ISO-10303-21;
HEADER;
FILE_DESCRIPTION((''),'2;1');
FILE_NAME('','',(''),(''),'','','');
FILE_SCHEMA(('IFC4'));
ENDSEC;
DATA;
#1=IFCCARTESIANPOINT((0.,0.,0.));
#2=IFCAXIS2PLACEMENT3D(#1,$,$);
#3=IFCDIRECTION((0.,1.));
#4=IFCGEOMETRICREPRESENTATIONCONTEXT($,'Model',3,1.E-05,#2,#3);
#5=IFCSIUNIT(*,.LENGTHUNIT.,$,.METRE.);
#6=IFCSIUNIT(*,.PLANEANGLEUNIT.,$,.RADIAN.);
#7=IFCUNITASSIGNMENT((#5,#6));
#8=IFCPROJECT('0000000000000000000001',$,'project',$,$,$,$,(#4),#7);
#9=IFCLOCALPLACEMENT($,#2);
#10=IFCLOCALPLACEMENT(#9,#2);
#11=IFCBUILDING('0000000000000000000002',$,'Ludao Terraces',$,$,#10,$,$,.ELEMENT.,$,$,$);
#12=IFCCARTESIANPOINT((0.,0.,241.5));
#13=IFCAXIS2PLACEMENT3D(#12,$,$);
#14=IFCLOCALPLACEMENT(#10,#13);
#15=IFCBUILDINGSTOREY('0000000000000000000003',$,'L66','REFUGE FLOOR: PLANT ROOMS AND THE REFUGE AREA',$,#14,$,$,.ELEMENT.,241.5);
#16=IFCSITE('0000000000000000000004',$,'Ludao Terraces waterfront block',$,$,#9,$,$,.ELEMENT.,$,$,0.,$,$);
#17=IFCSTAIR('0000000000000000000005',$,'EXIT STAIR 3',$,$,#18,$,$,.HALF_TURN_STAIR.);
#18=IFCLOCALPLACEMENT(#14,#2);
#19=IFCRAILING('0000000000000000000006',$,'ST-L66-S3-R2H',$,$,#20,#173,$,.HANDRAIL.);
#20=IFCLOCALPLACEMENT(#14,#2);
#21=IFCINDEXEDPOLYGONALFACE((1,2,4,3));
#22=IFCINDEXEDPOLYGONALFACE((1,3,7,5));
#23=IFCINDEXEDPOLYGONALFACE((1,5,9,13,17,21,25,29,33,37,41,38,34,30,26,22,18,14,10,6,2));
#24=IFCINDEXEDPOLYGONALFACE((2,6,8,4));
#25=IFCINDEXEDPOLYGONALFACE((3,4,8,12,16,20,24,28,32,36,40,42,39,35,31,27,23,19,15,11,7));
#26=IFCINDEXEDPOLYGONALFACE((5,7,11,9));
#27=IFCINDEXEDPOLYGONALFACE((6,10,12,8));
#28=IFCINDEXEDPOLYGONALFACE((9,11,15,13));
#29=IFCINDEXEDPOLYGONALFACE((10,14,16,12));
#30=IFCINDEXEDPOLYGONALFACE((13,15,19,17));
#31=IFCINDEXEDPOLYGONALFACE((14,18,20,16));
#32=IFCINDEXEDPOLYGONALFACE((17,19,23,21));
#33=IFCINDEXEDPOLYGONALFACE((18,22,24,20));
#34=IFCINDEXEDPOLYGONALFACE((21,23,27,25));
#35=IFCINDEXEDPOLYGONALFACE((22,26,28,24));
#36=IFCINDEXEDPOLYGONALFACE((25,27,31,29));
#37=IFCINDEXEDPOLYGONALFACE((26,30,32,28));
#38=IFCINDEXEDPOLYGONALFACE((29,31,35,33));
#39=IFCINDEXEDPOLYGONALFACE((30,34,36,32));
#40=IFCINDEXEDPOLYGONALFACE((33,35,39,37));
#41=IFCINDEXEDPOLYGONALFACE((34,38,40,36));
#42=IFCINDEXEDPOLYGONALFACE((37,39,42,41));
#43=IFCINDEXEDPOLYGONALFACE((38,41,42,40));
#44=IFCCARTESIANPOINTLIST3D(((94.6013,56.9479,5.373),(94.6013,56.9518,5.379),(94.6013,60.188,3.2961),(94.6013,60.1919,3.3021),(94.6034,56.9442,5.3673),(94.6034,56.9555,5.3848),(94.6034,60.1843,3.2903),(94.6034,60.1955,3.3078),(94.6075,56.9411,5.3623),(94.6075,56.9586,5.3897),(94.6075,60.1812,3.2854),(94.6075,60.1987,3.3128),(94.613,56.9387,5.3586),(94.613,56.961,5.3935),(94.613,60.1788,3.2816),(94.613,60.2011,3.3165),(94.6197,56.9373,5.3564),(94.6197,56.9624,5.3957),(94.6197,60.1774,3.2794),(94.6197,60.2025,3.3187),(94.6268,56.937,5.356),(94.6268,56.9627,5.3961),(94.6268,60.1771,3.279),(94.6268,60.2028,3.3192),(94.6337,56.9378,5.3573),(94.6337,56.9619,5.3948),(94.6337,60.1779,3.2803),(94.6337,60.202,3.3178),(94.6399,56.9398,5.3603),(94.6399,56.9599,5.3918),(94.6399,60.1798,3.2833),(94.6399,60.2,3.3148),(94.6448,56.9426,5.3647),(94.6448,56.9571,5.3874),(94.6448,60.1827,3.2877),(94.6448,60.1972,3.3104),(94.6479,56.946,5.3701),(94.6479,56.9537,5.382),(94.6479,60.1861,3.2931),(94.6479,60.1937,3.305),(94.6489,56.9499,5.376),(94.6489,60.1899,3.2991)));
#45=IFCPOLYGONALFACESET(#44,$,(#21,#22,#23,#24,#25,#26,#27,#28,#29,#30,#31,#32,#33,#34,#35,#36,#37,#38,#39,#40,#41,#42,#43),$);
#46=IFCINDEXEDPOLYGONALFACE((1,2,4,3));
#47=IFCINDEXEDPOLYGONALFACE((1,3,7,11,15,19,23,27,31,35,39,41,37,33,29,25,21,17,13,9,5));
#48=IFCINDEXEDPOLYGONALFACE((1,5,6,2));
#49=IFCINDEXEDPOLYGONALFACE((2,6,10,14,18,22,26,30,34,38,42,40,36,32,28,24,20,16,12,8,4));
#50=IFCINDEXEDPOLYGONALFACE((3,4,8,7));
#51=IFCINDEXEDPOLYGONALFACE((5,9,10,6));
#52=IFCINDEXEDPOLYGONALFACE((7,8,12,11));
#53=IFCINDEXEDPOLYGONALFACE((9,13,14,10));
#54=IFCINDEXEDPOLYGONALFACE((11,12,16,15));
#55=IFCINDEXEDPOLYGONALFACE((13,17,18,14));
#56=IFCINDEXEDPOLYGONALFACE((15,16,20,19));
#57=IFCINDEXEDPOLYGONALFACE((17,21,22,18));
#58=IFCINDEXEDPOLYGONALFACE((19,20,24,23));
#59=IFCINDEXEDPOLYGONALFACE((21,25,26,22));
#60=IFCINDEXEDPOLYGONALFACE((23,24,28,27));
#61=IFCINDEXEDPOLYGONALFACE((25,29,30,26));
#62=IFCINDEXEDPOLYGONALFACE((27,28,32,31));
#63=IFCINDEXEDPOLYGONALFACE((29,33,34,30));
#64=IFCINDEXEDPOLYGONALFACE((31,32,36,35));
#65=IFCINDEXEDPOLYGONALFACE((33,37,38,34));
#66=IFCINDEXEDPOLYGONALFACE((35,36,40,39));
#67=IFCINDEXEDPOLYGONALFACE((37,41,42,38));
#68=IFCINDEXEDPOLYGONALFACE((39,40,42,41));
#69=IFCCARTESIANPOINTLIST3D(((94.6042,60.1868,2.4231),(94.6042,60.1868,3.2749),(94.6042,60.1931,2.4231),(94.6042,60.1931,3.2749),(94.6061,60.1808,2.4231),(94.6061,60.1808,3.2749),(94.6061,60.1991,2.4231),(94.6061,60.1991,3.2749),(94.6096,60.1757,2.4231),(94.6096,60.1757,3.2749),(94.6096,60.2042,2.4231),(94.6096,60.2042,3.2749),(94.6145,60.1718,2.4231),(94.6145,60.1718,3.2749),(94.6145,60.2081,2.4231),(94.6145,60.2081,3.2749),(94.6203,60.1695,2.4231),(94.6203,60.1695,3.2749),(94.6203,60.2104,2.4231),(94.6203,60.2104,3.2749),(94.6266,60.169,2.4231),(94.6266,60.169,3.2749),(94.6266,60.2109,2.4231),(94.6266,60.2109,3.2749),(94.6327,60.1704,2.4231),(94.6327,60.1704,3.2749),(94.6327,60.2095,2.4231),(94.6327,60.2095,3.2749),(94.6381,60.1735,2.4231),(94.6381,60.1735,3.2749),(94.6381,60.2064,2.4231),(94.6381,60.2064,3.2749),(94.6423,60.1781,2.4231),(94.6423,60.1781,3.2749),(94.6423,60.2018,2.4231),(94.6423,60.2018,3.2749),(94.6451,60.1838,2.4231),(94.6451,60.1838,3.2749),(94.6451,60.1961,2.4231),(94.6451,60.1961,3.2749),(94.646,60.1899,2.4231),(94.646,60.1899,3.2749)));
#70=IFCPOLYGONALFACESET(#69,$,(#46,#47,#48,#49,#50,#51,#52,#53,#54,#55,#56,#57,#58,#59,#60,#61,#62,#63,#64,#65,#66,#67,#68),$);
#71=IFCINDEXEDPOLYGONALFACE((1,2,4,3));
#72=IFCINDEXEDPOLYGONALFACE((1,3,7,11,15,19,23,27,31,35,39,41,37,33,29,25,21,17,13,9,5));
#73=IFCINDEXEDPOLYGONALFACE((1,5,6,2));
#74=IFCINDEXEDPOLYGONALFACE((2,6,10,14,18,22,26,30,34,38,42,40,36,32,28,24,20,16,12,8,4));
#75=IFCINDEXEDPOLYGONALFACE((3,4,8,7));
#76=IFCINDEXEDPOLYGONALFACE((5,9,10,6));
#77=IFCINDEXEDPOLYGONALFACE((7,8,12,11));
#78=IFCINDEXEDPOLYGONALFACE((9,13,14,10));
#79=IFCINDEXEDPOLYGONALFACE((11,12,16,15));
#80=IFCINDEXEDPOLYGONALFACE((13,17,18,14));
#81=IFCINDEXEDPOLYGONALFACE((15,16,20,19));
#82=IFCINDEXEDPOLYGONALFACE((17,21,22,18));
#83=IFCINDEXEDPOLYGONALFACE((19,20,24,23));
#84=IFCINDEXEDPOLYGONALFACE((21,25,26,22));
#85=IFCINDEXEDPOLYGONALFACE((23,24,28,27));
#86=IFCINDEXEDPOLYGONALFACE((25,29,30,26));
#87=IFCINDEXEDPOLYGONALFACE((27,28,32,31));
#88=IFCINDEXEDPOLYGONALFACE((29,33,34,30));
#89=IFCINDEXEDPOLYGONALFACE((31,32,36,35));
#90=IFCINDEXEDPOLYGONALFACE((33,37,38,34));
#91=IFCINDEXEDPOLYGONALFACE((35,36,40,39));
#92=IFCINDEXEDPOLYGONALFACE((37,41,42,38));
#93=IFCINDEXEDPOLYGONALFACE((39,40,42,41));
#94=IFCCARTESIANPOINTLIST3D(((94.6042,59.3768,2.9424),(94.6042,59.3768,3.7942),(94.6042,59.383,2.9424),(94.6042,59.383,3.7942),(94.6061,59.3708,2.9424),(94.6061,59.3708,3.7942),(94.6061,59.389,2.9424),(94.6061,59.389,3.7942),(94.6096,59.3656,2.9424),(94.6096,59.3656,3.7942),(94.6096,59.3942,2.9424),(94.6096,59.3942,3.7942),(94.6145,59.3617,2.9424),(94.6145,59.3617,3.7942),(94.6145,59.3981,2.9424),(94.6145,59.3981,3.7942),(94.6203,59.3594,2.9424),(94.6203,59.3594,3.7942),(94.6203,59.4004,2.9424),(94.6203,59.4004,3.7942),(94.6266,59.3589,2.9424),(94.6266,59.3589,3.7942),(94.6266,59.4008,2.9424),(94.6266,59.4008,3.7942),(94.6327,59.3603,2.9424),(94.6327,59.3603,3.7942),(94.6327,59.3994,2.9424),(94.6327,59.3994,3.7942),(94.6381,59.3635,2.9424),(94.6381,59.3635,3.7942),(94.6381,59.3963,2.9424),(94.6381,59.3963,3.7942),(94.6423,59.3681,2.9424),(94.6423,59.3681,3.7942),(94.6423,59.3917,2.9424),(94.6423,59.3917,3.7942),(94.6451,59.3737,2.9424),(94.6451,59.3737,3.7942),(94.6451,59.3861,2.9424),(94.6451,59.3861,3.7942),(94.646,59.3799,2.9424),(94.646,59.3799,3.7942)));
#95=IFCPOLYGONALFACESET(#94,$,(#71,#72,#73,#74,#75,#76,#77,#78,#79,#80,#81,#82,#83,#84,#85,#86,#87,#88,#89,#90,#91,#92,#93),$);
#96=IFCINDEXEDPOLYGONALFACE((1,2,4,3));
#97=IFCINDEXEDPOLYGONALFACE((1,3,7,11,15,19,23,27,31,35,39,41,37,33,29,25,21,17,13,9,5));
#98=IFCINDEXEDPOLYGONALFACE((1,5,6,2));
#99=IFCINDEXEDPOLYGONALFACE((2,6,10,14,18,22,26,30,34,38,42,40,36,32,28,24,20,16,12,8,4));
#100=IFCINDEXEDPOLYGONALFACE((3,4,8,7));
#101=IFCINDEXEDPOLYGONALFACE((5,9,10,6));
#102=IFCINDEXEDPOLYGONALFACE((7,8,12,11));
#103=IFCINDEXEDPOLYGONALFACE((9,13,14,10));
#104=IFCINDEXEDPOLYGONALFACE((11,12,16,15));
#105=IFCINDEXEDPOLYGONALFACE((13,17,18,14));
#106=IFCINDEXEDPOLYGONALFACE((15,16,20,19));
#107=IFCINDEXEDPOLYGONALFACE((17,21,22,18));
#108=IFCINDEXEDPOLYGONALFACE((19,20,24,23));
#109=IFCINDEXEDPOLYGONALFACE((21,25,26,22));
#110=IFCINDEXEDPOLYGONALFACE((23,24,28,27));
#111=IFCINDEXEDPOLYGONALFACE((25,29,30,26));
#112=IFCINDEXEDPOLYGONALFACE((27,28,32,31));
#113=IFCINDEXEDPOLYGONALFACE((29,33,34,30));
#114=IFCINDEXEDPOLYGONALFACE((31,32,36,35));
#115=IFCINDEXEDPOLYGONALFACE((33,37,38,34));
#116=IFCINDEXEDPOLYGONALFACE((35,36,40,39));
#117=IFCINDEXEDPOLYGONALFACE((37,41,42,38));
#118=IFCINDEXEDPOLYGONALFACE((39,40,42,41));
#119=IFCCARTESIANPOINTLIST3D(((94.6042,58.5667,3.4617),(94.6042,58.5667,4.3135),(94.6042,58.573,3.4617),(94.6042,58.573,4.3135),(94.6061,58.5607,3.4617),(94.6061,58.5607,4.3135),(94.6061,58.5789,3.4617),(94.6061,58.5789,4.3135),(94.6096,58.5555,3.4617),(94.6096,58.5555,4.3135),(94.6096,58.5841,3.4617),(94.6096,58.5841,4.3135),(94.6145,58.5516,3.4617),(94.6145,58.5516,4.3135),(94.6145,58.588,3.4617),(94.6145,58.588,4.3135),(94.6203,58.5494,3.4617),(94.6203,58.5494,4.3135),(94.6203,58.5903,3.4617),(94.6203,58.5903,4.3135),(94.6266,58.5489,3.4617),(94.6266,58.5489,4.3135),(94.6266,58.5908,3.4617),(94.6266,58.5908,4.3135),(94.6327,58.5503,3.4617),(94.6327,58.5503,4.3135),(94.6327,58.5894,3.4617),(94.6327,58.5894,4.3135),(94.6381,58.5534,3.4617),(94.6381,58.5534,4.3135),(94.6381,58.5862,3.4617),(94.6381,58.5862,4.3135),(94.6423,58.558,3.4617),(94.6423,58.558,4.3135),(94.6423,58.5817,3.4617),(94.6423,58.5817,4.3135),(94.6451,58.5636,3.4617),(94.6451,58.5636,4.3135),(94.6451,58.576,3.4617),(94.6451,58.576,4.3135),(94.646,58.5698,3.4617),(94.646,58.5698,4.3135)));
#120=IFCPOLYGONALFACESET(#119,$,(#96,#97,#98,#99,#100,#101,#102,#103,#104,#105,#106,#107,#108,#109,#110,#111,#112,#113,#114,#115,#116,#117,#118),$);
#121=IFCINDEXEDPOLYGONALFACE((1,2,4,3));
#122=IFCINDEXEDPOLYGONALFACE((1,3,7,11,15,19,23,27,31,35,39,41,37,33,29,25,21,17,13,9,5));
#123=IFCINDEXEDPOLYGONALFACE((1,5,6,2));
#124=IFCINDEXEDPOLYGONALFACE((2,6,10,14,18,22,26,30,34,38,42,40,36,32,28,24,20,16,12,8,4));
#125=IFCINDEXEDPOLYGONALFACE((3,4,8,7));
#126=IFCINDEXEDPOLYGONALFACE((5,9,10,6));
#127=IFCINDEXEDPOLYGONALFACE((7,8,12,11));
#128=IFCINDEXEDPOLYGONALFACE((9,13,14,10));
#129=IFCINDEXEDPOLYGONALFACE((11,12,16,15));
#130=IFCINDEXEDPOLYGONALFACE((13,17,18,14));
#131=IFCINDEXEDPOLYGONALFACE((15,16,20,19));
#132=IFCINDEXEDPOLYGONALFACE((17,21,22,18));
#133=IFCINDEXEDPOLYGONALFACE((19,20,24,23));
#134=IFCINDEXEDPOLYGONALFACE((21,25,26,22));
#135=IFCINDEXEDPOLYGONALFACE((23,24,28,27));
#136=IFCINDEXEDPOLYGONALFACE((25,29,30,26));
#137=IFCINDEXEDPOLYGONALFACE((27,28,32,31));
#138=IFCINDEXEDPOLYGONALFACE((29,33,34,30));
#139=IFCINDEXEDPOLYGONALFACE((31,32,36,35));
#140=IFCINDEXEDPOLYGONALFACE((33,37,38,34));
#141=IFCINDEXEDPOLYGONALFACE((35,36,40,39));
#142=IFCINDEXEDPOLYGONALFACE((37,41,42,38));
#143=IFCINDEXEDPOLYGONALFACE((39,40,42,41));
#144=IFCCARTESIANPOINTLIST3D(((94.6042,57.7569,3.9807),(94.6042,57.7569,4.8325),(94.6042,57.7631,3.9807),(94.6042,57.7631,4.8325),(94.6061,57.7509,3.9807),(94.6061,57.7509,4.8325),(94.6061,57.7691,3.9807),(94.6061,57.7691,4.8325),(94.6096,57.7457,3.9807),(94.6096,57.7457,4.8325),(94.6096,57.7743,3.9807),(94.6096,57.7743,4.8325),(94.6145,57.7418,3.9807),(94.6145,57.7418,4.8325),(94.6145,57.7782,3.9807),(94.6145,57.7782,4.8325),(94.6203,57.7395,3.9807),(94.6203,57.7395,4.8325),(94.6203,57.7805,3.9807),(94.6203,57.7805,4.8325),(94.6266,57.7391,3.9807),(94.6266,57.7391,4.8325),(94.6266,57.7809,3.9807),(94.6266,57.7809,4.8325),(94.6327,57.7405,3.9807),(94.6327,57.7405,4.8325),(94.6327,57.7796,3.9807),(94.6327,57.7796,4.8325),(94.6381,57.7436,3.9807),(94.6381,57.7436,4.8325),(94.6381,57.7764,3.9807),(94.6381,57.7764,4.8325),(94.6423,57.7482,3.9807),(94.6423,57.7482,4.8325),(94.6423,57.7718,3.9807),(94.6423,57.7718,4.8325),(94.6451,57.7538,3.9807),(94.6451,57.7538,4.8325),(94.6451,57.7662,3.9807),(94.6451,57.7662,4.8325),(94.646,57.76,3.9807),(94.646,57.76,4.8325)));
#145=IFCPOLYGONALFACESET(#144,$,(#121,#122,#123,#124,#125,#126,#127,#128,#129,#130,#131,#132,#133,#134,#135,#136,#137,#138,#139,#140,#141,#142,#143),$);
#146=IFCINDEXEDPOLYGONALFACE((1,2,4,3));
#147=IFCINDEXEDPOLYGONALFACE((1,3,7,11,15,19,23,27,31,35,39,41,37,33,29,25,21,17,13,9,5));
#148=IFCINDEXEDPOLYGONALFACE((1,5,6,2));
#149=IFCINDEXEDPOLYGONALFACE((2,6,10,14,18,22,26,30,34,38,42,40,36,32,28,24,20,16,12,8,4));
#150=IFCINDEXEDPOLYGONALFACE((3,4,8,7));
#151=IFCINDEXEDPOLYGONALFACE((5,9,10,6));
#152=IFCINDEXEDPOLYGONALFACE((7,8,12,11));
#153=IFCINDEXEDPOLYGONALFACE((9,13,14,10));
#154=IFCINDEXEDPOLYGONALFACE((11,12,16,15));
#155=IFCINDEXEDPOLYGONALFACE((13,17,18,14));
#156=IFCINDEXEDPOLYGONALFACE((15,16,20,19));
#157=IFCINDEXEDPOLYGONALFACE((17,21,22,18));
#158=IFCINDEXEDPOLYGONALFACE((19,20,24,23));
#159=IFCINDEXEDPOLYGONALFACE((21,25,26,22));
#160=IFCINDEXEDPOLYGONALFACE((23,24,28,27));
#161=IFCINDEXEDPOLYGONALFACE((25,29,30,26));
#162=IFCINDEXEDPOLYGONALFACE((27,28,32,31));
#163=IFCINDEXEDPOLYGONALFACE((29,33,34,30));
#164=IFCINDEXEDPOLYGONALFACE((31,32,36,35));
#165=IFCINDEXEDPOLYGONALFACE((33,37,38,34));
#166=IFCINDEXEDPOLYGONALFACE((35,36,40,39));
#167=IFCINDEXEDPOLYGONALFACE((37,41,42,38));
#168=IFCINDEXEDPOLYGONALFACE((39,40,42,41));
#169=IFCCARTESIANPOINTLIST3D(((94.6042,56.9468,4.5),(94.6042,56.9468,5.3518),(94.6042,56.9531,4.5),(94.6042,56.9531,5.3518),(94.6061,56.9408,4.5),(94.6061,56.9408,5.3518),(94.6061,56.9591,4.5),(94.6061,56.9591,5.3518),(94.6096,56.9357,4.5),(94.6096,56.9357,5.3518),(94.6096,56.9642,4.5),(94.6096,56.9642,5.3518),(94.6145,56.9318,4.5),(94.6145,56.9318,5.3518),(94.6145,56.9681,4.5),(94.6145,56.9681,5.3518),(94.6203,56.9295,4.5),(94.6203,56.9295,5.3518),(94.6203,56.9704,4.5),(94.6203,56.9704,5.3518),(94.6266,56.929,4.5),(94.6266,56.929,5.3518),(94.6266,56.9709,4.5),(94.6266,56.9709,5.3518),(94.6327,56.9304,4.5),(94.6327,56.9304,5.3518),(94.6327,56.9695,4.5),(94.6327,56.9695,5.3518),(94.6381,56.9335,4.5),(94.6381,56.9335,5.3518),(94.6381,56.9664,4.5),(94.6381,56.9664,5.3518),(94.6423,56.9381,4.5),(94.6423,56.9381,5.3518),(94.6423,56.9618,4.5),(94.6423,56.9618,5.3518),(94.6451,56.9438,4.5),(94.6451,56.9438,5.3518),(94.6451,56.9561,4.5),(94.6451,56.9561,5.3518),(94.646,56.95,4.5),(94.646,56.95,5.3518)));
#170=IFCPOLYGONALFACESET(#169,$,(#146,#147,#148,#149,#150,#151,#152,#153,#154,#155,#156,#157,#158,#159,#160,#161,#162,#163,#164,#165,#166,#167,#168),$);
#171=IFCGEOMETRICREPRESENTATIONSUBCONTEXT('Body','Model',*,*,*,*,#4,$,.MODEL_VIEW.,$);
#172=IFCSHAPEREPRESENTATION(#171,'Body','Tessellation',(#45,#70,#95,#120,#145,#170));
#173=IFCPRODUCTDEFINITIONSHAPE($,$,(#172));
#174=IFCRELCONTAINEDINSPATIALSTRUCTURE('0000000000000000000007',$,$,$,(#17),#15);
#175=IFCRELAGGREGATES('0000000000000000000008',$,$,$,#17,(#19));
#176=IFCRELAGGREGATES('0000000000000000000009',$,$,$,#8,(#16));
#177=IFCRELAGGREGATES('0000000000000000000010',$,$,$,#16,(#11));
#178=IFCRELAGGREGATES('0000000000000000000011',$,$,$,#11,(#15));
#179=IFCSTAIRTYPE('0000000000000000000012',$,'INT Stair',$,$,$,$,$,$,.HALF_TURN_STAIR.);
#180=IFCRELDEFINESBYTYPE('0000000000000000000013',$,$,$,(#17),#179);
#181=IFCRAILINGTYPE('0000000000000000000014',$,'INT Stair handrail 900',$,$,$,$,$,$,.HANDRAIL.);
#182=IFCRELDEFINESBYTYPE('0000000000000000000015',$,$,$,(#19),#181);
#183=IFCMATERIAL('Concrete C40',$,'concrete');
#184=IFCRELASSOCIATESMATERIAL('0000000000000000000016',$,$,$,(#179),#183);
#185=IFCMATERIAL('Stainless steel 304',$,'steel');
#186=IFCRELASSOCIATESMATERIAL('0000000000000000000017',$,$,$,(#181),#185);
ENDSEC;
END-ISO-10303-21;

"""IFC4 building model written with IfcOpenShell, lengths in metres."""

from ifc_helpers import new_model, si_unit, direction, frame, origin, origin_2d, place, context, subcontext, project, spatial, circle, extrude, material, type_object, element, aggregate, save


model = new_model("IFC4")

# Units and contexts
model_context = context("Model", 3, precision=1e-05, world=origin(), true_north=direction((0.0, 1.0)))
body_context = subcontext(model_context, "Body", "Model", "MODEL_VIEW")
ifc_project = project(units=[si_unit("LENGTHUNIT", "METRE"), si_unit("PLANEANGLEUNIT", "RADIAN")], contexts=[model_context])

# Site, building, storey
site_placement = place(None, origin())
site = spatial("IfcSite", under=ifc_project, at=site_placement, Name="Ludao Terraces waterfront block", CompositionType="ELEMENT", RefElevation=0.0)
building_placement = place(site_placement, origin())
building = spatial("IfcBuilding", under=site, at=building_placement, Name="Ludao Terraces", CompositionType="ELEMENT")
storey_placement = place(building_placement, frame((0.0, 0.0, 241.5)))
storey = spatial("IfcBuildingStorey", under=building, at=storey_placement, Name="L66", Description="REFUGE FLOOR: PLANT ROOMS AND THE REFUGE AREA", CompositionType="ELEMENT", Elevation=241.5)

# Stair, railing
ifc_material_1 = material(Name="Concrete C40", Category="concrete")
stair_type = type_object("IfcStairType", Name="INT Stair", PredefinedType="HALF_TURN_STAIR", material=ifc_material_1)
stair_placement = place(storey_placement, origin())
stair = element("IfcStair", 1, at=stair_placement, inside=storey, type_object=stair_type, Name="EXIT STAIR 3", PredefinedType="HALF_TURN_STAIR")
ifc_material_2 = material(Name="Stainless steel 304", Category="steel")
railing_type_1 = type_object("IfcRailingType", Name="INT Stair handrail 900", PredefinedType="HANDRAIL", material=ifc_material_2)
railing_1_placement = place(storey_placement, frame((94.625, 60.1899, 2.4231)))
railing_1 = element("IfcRailing", 2, at=railing_1_placement, type_object=railing_type_1, Name="ST-L66-S3-R2H", PredefinedType="HANDRAIL", context=body_context, shape_type="SweptSolid", body=[
    extrude(circle(Radius=0.0239, at=origin_2d()), frame((0.0, 0.0, 0.876), z_axis=(0.0, -0.841881, 0.539664), x_axis=(1.0, 0.0, 0.0)), (0.0, 0.0, 1.0), 3.8486),
    extrude(circle(Radius=0.021, at=origin_2d()), origin(), (0.0, 0.0, 1.0), 0.8518),
    extrude(circle(Radius=0.021, at=origin_2d()), frame((0.0, -0.8101, 0.5193)), (0.0, 0.0, 1.0), 0.8518),
    extrude(circle(Radius=0.021, at=origin_2d()), frame((0.0, -1.6201, 1.0386)), (0.0, 0.0, 1.0), 0.8518),
    extrude(circle(Radius=0.021, at=origin_2d()), frame((0.0, -2.4299, 1.5576)), (0.0, 0.0, 1.0), 0.8518),
    extrude(circle(Radius=0.021, at=origin_2d()), frame((0.0, -3.24, 2.0769)), (0.0, 0.0, 1.0), 0.8518),
])
aggregate(stair, [railing_1])

save(model, "model.ifc")
